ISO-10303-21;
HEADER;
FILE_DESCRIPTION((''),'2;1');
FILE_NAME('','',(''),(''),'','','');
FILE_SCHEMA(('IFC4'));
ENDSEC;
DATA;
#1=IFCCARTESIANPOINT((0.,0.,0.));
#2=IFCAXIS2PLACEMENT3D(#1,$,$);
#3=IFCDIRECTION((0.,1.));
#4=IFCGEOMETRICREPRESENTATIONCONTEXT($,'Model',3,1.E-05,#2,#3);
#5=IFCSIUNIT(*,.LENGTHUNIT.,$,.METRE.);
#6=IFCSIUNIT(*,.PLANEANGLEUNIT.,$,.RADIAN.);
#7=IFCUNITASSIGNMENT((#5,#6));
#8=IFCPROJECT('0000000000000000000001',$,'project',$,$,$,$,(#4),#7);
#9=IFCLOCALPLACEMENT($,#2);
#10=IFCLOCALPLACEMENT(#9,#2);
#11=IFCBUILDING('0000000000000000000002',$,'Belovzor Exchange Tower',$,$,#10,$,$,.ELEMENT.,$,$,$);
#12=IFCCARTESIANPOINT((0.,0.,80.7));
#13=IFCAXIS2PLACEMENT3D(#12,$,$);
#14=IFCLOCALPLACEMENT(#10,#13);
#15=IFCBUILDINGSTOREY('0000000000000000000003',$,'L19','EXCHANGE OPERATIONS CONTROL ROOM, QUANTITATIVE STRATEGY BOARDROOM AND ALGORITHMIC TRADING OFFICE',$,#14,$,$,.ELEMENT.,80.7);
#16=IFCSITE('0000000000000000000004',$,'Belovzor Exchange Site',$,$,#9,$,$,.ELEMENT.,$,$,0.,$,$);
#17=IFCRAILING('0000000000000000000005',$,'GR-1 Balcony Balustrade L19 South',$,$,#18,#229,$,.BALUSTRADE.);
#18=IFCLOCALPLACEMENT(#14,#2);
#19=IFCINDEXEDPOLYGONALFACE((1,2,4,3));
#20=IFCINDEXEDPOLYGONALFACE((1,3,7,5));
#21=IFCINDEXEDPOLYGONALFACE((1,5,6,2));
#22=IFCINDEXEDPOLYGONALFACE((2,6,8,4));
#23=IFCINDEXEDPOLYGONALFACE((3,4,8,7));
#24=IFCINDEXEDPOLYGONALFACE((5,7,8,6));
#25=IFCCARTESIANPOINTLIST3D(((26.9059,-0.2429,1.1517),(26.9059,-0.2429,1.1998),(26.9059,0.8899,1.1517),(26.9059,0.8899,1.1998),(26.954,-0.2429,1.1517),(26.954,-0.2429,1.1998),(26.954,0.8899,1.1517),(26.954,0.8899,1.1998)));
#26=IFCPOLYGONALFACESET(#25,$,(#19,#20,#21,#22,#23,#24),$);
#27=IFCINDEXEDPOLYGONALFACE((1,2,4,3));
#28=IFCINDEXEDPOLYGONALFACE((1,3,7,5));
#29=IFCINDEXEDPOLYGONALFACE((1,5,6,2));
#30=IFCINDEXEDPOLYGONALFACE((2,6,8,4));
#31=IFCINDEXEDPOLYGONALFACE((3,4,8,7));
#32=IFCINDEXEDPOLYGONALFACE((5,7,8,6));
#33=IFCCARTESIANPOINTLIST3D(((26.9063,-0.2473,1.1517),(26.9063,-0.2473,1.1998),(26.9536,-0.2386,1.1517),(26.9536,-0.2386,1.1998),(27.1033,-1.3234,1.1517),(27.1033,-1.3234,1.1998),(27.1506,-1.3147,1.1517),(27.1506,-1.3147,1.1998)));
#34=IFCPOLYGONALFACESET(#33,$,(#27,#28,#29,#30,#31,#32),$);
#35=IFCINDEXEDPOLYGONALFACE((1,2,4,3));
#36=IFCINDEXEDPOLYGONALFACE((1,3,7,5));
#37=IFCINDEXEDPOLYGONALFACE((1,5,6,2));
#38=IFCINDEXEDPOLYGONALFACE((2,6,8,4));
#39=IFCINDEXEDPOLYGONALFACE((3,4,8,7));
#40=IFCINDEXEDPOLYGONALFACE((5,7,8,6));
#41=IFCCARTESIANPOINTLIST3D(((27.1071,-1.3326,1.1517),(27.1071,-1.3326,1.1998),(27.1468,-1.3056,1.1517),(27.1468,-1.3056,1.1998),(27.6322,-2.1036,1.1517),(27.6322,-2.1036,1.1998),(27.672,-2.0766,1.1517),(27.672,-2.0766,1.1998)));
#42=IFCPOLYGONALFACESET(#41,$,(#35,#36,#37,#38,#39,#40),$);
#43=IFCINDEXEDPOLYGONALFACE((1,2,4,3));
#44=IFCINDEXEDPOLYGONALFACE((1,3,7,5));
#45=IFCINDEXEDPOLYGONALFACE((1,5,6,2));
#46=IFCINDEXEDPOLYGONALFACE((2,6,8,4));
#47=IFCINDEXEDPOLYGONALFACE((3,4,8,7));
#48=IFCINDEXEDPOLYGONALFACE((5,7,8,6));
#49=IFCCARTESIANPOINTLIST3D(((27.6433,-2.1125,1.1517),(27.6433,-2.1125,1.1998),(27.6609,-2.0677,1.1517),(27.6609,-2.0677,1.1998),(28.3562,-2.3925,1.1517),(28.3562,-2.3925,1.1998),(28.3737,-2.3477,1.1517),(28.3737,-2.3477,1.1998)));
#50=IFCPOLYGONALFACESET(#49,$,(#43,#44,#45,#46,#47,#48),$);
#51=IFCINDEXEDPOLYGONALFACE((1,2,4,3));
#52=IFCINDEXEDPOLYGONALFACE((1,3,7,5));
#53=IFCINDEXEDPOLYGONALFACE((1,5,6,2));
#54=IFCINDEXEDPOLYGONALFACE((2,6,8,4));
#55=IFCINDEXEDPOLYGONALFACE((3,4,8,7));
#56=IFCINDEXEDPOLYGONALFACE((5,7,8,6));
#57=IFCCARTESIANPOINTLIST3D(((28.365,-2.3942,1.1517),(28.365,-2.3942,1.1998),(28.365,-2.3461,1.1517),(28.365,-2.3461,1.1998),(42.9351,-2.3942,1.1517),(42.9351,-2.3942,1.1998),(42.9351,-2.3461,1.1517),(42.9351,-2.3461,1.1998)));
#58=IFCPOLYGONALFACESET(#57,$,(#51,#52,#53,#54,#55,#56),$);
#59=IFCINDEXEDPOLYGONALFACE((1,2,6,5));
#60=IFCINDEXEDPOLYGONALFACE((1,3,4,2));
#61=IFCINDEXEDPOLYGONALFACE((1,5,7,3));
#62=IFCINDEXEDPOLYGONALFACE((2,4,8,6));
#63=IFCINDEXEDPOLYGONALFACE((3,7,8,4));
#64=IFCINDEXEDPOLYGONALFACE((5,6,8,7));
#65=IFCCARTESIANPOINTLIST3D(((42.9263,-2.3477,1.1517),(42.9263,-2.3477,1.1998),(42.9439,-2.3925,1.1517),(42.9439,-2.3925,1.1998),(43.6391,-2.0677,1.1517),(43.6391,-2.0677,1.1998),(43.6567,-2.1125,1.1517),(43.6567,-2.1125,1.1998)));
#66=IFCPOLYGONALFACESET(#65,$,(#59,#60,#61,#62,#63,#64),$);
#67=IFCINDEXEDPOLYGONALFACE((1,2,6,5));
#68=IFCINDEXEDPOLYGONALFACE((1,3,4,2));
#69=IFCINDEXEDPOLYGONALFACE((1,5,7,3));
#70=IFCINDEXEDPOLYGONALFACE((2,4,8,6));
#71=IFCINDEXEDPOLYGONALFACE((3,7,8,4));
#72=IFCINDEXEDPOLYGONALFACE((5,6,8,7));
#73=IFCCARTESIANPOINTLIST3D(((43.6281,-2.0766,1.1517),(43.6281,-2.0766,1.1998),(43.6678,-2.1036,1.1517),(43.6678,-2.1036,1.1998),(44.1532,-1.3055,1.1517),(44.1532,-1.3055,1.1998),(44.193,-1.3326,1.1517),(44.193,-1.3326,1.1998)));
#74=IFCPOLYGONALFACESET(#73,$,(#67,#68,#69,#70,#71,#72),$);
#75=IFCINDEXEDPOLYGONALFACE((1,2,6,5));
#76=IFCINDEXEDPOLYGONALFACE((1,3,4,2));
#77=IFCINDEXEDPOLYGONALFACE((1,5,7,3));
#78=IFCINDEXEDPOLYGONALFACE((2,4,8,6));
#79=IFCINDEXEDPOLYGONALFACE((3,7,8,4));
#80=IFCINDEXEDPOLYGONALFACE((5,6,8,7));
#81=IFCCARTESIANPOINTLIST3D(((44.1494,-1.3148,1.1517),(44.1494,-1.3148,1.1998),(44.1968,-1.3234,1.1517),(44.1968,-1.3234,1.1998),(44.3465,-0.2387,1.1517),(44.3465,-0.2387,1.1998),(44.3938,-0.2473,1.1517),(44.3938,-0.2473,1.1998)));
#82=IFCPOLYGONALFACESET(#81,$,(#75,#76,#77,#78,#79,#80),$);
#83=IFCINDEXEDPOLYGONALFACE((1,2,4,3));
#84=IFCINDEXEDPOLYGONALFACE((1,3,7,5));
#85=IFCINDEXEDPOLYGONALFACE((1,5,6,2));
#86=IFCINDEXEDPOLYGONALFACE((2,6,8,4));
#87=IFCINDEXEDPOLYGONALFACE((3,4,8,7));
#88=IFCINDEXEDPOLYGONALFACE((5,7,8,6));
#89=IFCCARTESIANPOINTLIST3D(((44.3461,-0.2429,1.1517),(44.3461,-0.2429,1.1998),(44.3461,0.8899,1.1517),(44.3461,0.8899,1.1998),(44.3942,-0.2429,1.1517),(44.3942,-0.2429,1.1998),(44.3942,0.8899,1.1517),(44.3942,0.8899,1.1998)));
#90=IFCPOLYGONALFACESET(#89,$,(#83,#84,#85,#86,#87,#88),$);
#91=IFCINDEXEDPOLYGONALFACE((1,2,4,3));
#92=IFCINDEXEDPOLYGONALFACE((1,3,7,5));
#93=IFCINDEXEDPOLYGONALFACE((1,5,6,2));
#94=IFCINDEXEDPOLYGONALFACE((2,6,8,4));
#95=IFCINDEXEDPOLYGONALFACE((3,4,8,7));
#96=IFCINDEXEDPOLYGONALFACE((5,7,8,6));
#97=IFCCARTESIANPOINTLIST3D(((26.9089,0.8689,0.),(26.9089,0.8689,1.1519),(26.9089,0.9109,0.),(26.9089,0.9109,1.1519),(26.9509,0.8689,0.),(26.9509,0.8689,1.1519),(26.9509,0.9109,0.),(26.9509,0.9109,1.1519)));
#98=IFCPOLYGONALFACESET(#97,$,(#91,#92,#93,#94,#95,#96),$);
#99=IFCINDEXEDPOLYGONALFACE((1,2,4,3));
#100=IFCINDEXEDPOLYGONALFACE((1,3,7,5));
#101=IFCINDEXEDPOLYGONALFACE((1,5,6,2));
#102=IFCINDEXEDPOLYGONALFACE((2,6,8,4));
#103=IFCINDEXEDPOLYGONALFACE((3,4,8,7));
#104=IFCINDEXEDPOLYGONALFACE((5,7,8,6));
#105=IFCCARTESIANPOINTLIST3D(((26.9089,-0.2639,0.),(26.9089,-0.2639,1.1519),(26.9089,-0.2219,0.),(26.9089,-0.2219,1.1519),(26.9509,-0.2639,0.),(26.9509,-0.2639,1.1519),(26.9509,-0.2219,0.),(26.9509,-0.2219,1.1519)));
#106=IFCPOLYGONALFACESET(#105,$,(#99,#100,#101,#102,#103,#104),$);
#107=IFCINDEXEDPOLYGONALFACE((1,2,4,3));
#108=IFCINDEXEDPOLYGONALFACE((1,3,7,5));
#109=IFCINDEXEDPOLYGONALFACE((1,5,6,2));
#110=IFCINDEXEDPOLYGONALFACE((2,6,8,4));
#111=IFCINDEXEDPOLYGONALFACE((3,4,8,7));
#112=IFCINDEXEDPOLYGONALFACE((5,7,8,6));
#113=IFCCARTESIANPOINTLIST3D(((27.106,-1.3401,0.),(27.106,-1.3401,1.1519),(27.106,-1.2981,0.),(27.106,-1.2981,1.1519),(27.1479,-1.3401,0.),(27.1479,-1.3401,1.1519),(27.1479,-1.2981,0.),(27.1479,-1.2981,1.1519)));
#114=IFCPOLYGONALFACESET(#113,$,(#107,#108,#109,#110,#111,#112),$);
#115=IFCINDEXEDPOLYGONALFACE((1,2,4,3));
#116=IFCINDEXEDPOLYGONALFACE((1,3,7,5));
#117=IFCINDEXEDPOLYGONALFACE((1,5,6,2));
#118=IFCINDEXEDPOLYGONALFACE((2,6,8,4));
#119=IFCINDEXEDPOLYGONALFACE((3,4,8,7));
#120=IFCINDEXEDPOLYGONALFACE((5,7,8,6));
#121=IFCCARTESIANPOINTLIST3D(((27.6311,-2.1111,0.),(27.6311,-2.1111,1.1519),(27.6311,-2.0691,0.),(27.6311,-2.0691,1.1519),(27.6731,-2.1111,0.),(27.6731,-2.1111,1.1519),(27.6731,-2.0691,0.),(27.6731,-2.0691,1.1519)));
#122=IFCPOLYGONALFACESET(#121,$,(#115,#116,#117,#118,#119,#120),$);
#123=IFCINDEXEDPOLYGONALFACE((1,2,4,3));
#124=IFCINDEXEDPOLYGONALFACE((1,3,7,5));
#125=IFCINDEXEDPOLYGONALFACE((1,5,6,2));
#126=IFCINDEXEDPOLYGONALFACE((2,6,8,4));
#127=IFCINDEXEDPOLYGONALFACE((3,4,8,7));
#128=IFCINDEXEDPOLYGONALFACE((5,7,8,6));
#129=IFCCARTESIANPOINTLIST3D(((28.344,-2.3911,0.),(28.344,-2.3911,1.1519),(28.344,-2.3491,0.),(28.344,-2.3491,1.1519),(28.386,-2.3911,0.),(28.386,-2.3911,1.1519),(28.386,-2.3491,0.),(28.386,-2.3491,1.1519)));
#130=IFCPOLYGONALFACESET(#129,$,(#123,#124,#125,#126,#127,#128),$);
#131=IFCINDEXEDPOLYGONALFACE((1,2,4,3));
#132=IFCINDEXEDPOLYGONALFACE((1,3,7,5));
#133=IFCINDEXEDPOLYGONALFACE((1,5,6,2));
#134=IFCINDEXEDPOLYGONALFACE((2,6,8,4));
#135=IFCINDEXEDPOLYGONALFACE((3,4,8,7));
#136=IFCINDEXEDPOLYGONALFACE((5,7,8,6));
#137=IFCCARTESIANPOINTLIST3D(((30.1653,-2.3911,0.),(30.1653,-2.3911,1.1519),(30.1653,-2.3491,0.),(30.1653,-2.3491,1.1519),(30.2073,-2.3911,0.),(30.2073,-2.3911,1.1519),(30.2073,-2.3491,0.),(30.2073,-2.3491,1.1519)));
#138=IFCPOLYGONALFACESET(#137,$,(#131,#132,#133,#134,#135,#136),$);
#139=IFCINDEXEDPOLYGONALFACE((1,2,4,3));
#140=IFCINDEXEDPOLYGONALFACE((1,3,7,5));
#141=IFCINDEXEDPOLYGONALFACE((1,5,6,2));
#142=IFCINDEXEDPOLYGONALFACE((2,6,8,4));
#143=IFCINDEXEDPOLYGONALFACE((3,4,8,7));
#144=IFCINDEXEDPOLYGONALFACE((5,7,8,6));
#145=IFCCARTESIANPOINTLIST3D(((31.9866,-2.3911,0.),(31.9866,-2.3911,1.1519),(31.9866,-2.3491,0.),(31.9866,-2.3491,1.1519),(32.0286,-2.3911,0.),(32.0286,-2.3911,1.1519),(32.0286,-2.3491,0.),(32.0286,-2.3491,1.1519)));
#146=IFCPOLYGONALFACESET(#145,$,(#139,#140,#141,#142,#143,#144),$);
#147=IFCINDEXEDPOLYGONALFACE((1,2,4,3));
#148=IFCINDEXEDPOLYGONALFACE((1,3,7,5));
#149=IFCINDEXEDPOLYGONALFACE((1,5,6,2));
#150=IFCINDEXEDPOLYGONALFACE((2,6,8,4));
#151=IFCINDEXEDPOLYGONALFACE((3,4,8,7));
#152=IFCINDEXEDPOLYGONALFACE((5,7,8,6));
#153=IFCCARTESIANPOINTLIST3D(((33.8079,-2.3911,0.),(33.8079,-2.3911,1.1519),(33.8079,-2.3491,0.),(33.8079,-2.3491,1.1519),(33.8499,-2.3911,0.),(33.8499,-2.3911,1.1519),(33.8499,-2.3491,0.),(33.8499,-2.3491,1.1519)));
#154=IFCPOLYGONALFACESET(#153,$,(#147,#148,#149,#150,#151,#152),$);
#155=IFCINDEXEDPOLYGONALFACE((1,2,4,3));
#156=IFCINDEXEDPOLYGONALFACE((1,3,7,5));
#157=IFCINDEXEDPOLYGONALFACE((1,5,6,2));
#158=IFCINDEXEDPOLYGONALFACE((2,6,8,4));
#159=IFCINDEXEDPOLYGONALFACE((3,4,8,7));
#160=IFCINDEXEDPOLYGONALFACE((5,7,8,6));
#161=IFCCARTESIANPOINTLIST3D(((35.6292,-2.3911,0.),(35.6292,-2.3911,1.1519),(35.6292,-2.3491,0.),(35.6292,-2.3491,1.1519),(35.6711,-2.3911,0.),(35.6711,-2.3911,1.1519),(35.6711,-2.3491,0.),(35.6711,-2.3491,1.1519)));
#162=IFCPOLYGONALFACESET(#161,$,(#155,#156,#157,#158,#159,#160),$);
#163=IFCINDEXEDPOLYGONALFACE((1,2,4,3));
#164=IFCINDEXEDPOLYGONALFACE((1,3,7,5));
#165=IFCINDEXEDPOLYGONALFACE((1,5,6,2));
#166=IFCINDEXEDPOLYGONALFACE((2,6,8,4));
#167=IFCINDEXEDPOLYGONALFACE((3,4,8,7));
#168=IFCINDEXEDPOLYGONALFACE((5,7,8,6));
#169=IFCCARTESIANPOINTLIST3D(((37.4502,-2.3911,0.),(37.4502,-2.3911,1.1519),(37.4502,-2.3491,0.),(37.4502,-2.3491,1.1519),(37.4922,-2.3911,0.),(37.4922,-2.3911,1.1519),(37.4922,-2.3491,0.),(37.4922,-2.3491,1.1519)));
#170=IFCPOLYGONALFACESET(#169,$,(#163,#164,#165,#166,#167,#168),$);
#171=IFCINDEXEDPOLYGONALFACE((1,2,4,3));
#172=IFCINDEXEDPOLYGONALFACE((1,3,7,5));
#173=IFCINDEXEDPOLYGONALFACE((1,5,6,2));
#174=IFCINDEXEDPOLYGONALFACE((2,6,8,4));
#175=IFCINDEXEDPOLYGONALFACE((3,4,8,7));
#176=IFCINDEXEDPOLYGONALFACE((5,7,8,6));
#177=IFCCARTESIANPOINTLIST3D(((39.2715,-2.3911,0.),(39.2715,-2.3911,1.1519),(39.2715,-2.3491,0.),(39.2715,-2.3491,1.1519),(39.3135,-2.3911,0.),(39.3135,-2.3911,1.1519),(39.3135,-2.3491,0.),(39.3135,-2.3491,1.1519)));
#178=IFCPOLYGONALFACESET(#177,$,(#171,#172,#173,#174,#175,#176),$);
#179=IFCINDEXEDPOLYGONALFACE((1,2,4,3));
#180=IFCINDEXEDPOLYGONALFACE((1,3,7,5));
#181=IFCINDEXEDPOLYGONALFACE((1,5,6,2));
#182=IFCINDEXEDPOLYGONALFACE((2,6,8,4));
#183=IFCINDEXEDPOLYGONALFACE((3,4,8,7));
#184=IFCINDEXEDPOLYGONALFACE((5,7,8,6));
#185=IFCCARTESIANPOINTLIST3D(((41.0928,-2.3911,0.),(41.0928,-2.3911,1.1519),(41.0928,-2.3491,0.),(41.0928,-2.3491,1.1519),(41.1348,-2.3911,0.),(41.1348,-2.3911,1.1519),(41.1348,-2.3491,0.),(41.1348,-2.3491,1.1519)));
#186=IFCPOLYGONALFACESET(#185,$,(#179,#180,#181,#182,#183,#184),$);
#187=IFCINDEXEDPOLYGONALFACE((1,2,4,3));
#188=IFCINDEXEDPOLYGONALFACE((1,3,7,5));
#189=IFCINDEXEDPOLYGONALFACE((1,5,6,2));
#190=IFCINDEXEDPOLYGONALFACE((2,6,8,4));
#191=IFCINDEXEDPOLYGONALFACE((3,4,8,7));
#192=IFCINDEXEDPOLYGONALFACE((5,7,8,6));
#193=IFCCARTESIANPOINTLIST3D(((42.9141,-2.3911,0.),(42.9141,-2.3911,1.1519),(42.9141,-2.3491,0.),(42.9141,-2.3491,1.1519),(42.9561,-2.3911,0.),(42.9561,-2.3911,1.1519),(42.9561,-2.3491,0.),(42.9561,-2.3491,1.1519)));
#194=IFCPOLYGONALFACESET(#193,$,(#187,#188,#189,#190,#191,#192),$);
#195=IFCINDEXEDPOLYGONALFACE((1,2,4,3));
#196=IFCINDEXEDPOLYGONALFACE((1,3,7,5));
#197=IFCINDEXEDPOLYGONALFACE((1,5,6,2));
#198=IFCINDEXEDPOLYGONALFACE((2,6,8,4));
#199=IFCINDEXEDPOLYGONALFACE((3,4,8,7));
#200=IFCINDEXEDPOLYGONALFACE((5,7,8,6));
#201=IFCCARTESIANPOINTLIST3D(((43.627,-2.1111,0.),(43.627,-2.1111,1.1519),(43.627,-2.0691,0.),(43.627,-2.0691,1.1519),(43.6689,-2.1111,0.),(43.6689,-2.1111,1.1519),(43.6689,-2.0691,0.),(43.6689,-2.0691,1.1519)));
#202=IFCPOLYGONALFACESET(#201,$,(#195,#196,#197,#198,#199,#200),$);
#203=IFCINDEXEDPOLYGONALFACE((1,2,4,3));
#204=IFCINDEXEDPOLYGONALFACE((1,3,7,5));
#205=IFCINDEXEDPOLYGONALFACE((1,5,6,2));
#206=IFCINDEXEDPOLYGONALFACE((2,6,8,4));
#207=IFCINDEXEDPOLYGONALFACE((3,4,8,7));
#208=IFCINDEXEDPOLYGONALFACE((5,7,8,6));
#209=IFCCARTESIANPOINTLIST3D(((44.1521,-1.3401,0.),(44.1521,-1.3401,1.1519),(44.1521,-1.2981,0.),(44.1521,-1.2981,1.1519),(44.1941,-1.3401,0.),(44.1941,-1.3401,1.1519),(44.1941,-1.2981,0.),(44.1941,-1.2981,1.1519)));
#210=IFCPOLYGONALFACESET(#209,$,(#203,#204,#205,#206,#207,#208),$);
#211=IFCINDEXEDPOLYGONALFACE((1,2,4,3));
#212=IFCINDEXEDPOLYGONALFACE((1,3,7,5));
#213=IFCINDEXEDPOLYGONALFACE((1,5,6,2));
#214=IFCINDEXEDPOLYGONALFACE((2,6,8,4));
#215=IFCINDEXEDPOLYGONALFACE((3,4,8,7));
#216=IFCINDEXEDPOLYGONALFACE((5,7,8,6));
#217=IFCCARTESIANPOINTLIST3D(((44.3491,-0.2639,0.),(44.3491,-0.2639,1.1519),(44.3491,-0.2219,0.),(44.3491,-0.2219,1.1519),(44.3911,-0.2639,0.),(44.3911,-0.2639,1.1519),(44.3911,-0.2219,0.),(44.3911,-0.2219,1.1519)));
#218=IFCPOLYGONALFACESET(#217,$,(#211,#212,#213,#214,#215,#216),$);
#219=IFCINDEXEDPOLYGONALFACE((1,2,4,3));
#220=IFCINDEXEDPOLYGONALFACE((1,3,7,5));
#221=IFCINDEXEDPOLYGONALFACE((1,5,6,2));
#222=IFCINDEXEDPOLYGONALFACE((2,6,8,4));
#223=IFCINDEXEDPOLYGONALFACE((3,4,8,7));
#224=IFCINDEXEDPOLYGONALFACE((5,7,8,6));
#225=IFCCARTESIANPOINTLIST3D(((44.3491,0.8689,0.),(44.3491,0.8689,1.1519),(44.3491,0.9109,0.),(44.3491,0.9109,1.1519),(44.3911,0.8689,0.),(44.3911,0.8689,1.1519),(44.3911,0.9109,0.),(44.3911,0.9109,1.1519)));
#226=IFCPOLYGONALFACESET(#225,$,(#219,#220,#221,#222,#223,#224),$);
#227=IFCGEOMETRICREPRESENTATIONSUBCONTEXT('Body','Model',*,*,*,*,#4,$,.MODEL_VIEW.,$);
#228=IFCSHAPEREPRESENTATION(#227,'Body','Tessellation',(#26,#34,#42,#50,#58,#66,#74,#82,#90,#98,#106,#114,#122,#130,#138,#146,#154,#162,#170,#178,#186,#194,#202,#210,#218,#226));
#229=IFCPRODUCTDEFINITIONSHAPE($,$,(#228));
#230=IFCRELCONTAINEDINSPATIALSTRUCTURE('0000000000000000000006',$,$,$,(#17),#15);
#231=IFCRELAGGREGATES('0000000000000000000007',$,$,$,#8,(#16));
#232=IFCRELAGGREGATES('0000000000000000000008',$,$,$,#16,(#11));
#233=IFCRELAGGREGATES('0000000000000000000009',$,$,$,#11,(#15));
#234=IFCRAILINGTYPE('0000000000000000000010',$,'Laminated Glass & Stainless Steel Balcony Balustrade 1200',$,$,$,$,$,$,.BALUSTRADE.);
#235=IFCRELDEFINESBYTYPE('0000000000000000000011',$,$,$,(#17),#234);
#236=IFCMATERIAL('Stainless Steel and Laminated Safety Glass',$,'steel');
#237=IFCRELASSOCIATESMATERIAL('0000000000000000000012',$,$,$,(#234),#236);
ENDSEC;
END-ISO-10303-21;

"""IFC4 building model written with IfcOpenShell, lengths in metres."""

from ifc_helpers import new_model, si_unit, direction, frame, origin, origin_2d, place, context, subcontext, project, spatial, rectangle, extrude, material, type_object, element, save


model = new_model("IFC4")

# Units and contexts
model_context = context("Model", 3, precision=1e-05, world=origin(), true_north=direction((0.0, 1.0)))
body_context = subcontext(model_context, "Body", "Model", "MODEL_VIEW")
ifc_project = project(units=[si_unit("LENGTHUNIT", "METRE"), si_unit("PLANEANGLEUNIT", "RADIAN")], contexts=[model_context])

# Site, building, storey
site_placement = place(None, origin())
site = spatial("IfcSite", under=ifc_project, at=site_placement, Name="Belovzor Exchange Site", CompositionType="ELEMENT", RefElevation=0.0)
building_placement = place(site_placement, origin())
building = spatial("IfcBuilding", under=site, at=building_placement, Name="Belovzor Exchange Tower", CompositionType="ELEMENT")
storey_placement = place(building_placement, frame((0.0, 0.0, 80.7)))
storey = spatial("IfcBuildingStorey", under=building, at=storey_placement, Name="L19", Description="EXCHANGE OPERATIONS CONTROL ROOM, QUANTITATIVE STRATEGY BOARDROOM AND ALGORITHMIC TRADING OFFICE", CompositionType="ELEMENT", Elevation=80.7)

# Railing
ifc_material_1 = material(Name="Stainless Steel and Laminated Safety Glass", Category="steel")
railing_type = type_object("IfcRailingType", Name="Laminated Glass & Stainless Steel Balcony Balustrade 1200", PredefinedType="BALUSTRADE", material=ifc_material_1)
railing_placement = place(storey_placement, frame((26.9299, 0.8899, 0.0)))
element("IfcRailing", 1, at=railing_placement, inside=storey, type_object=railing_type, Name="GR-1 Balcony Balustrade L19 South", PredefinedType="BALUSTRADE", context=body_context, shape_type="SweptSolid", body=[
    extrude(rectangle(XDim=0.0481, YDim=0.0481, at=origin_2d()), frame((0.0, 0.0, 1.1758), z_axis=(0.0, -1.0, 0.0), x_axis=(1.0, 0.0, 0.0)), (0.0, 0.0, 1.0), 1.1328),
    extrude(rectangle(XDim=0.0481, YDim=0.0481, at=origin_2d()), frame((0.0, -1.1328, 1.1758), z_axis=(0.180083, -0.983651, 0.0), x_axis=(0.983651, 0.180083, 0.0)), (0.0, 0.0, 1.0), 1.094),
    extrude(rectangle(XDim=0.0481, YDim=0.0481, at=origin_2d()), frame((0.197, -2.209, 1.1758), z_axis=(0.562947, -0.826493, 0.0), x_axis=(0.826493, 0.562947, 0.0)), (0.0, 0.0, 1.0), 0.9329),
    extrude(rectangle(XDim=0.0481, YDim=0.0481, at=origin_2d()), frame((0.7222, -2.98, 1.1758), z_axis=(0.930767, -0.365613, 0.0), x_axis=(0.365613, 0.930767, 0.0)), (0.0, 0.0, 1.0), 0.7659),
    extrude(rectangle(XDim=0.0481, YDim=0.0481, at=origin_2d()), frame((1.4351, -3.26, 1.1758), z_axis=(1.0, 0.0, 0.0), x_axis=(0.0, 1.0, 0.0)), (0.0, 0.0, 1.0), 14.5701),
    extrude(rectangle(XDim=0.0481, YDim=0.0481, at=origin_2d()), frame((16.0051, -3.26, 1.1758), z_axis=(0.930767, 0.365613, 0.0), x_axis=(-0.365613, 0.930767, 0.0)), (0.0, 0.0, 1.0), 0.7659),
    extrude(rectangle(XDim=0.0481, YDim=0.0481, at=origin_2d()), frame((16.718, -2.98, 1.1758), z_axis=(0.562947, 0.826493, 0.0), x_axis=(-0.826493, 0.562947, 0.0)), (0.0, 0.0, 1.0), 0.9329),
    extrude(rectangle(XDim=0.0481, YDim=0.0481, at=origin_2d()), frame((17.2432, -2.209, 1.1758), z_axis=(0.180083, 0.983651, 0.0), x_axis=(-0.983651, 0.180083, 0.0)), (0.0, 0.0, 1.0), 1.094),
    extrude(rectangle(XDim=0.0481, YDim=0.0481, at=origin_2d()), frame((17.4402, -1.1328, 1.1758), z_axis=(0.0, 1.0, 0.0), x_axis=(-1.0, 0.0, 0.0)), (0.0, 0.0, 1.0), 1.1328),
    extrude(rectangle(XDim=0.042, YDim=0.042, at=origin_2d()), origin(), (0.0, 0.0, 1.0), 1.1519),
    extrude(rectangle(XDim=0.042, YDim=0.042, at=origin_2d()), frame((0.0, -1.1328, 0.0)), (0.0, 0.0, 1.0), 1.1519),
    extrude(rectangle(XDim=0.042, YDim=0.042, at=origin_2d()), frame((0.197, -2.209, 0.0)), (0.0, 0.0, 1.0), 1.1519),
    extrude(rectangle(XDim=0.042, YDim=0.042, at=origin_2d()), frame((0.7222, -2.98, 0.0)), (0.0, 0.0, 1.0), 1.1519),
    extrude(rectangle(XDim=0.042, YDim=0.042, at=origin_2d()), frame((1.4351, -3.26, 0.0)), (0.0, 0.0, 1.0), 1.1519),
    extrude(rectangle(XDim=0.042, YDim=0.042, at=origin_2d()), frame((3.2563, -3.26, 0.0)), (0.0, 0.0, 1.0), 1.1519),
    extrude(rectangle(XDim=0.042, YDim=0.042, at=origin_2d()), frame((5.0776, -3.26, 0.0)), (0.0, 0.0, 1.0), 1.1519),
    extrude(rectangle(XDim=0.042, YDim=0.042, at=origin_2d()), frame((6.8989, -3.26, 0.0)), (0.0, 0.0, 1.0), 1.1519),
    extrude(rectangle(XDim=0.042, YDim=0.042, at=origin_2d()), frame((8.7202, -3.26, 0.0)), (0.0, 0.0, 1.0), 1.1519),
    extrude(rectangle(XDim=0.042, YDim=0.042, at=origin_2d()), frame((10.5413, -3.26, 0.0)), (0.0, 0.0, 1.0), 1.1519),
    extrude(rectangle(XDim=0.042, YDim=0.042, at=origin_2d()), frame((12.3625, -3.26, 0.0)), (0.0, 0.0, 1.0), 1.1519),
    extrude(rectangle(XDim=0.042, YDim=0.042, at=origin_2d()), frame((14.1838, -3.26, 0.0)), (0.0, 0.0, 1.0), 1.1519),
    extrude(rectangle(XDim=0.042, YDim=0.042, at=origin_2d()), frame((16.0051, -3.26, 0.0)), (0.0, 0.0, 1.0), 1.1519),
    extrude(rectangle(XDim=0.042, YDim=0.042, at=origin_2d()), frame((16.718, -2.98, 0.0)), (0.0, 0.0, 1.0), 1.1519),
    extrude(rectangle(XDim=0.042, YDim=0.042, at=origin_2d()), frame((17.2432, -2.209, 0.0)), (0.0, 0.0, 1.0), 1.1519),
    extrude(rectangle(XDim=0.042, YDim=0.042, at=origin_2d()), frame((17.4402, -1.1328, 0.0)), (0.0, 0.0, 1.0), 1.1519),
    extrude(rectangle(XDim=0.042, YDim=0.042, at=origin_2d()), frame((17.4402, 0.0, 0.0)), (0.0, 0.0, 1.0), 1.1519),
])

save(model, "model.ifc")
